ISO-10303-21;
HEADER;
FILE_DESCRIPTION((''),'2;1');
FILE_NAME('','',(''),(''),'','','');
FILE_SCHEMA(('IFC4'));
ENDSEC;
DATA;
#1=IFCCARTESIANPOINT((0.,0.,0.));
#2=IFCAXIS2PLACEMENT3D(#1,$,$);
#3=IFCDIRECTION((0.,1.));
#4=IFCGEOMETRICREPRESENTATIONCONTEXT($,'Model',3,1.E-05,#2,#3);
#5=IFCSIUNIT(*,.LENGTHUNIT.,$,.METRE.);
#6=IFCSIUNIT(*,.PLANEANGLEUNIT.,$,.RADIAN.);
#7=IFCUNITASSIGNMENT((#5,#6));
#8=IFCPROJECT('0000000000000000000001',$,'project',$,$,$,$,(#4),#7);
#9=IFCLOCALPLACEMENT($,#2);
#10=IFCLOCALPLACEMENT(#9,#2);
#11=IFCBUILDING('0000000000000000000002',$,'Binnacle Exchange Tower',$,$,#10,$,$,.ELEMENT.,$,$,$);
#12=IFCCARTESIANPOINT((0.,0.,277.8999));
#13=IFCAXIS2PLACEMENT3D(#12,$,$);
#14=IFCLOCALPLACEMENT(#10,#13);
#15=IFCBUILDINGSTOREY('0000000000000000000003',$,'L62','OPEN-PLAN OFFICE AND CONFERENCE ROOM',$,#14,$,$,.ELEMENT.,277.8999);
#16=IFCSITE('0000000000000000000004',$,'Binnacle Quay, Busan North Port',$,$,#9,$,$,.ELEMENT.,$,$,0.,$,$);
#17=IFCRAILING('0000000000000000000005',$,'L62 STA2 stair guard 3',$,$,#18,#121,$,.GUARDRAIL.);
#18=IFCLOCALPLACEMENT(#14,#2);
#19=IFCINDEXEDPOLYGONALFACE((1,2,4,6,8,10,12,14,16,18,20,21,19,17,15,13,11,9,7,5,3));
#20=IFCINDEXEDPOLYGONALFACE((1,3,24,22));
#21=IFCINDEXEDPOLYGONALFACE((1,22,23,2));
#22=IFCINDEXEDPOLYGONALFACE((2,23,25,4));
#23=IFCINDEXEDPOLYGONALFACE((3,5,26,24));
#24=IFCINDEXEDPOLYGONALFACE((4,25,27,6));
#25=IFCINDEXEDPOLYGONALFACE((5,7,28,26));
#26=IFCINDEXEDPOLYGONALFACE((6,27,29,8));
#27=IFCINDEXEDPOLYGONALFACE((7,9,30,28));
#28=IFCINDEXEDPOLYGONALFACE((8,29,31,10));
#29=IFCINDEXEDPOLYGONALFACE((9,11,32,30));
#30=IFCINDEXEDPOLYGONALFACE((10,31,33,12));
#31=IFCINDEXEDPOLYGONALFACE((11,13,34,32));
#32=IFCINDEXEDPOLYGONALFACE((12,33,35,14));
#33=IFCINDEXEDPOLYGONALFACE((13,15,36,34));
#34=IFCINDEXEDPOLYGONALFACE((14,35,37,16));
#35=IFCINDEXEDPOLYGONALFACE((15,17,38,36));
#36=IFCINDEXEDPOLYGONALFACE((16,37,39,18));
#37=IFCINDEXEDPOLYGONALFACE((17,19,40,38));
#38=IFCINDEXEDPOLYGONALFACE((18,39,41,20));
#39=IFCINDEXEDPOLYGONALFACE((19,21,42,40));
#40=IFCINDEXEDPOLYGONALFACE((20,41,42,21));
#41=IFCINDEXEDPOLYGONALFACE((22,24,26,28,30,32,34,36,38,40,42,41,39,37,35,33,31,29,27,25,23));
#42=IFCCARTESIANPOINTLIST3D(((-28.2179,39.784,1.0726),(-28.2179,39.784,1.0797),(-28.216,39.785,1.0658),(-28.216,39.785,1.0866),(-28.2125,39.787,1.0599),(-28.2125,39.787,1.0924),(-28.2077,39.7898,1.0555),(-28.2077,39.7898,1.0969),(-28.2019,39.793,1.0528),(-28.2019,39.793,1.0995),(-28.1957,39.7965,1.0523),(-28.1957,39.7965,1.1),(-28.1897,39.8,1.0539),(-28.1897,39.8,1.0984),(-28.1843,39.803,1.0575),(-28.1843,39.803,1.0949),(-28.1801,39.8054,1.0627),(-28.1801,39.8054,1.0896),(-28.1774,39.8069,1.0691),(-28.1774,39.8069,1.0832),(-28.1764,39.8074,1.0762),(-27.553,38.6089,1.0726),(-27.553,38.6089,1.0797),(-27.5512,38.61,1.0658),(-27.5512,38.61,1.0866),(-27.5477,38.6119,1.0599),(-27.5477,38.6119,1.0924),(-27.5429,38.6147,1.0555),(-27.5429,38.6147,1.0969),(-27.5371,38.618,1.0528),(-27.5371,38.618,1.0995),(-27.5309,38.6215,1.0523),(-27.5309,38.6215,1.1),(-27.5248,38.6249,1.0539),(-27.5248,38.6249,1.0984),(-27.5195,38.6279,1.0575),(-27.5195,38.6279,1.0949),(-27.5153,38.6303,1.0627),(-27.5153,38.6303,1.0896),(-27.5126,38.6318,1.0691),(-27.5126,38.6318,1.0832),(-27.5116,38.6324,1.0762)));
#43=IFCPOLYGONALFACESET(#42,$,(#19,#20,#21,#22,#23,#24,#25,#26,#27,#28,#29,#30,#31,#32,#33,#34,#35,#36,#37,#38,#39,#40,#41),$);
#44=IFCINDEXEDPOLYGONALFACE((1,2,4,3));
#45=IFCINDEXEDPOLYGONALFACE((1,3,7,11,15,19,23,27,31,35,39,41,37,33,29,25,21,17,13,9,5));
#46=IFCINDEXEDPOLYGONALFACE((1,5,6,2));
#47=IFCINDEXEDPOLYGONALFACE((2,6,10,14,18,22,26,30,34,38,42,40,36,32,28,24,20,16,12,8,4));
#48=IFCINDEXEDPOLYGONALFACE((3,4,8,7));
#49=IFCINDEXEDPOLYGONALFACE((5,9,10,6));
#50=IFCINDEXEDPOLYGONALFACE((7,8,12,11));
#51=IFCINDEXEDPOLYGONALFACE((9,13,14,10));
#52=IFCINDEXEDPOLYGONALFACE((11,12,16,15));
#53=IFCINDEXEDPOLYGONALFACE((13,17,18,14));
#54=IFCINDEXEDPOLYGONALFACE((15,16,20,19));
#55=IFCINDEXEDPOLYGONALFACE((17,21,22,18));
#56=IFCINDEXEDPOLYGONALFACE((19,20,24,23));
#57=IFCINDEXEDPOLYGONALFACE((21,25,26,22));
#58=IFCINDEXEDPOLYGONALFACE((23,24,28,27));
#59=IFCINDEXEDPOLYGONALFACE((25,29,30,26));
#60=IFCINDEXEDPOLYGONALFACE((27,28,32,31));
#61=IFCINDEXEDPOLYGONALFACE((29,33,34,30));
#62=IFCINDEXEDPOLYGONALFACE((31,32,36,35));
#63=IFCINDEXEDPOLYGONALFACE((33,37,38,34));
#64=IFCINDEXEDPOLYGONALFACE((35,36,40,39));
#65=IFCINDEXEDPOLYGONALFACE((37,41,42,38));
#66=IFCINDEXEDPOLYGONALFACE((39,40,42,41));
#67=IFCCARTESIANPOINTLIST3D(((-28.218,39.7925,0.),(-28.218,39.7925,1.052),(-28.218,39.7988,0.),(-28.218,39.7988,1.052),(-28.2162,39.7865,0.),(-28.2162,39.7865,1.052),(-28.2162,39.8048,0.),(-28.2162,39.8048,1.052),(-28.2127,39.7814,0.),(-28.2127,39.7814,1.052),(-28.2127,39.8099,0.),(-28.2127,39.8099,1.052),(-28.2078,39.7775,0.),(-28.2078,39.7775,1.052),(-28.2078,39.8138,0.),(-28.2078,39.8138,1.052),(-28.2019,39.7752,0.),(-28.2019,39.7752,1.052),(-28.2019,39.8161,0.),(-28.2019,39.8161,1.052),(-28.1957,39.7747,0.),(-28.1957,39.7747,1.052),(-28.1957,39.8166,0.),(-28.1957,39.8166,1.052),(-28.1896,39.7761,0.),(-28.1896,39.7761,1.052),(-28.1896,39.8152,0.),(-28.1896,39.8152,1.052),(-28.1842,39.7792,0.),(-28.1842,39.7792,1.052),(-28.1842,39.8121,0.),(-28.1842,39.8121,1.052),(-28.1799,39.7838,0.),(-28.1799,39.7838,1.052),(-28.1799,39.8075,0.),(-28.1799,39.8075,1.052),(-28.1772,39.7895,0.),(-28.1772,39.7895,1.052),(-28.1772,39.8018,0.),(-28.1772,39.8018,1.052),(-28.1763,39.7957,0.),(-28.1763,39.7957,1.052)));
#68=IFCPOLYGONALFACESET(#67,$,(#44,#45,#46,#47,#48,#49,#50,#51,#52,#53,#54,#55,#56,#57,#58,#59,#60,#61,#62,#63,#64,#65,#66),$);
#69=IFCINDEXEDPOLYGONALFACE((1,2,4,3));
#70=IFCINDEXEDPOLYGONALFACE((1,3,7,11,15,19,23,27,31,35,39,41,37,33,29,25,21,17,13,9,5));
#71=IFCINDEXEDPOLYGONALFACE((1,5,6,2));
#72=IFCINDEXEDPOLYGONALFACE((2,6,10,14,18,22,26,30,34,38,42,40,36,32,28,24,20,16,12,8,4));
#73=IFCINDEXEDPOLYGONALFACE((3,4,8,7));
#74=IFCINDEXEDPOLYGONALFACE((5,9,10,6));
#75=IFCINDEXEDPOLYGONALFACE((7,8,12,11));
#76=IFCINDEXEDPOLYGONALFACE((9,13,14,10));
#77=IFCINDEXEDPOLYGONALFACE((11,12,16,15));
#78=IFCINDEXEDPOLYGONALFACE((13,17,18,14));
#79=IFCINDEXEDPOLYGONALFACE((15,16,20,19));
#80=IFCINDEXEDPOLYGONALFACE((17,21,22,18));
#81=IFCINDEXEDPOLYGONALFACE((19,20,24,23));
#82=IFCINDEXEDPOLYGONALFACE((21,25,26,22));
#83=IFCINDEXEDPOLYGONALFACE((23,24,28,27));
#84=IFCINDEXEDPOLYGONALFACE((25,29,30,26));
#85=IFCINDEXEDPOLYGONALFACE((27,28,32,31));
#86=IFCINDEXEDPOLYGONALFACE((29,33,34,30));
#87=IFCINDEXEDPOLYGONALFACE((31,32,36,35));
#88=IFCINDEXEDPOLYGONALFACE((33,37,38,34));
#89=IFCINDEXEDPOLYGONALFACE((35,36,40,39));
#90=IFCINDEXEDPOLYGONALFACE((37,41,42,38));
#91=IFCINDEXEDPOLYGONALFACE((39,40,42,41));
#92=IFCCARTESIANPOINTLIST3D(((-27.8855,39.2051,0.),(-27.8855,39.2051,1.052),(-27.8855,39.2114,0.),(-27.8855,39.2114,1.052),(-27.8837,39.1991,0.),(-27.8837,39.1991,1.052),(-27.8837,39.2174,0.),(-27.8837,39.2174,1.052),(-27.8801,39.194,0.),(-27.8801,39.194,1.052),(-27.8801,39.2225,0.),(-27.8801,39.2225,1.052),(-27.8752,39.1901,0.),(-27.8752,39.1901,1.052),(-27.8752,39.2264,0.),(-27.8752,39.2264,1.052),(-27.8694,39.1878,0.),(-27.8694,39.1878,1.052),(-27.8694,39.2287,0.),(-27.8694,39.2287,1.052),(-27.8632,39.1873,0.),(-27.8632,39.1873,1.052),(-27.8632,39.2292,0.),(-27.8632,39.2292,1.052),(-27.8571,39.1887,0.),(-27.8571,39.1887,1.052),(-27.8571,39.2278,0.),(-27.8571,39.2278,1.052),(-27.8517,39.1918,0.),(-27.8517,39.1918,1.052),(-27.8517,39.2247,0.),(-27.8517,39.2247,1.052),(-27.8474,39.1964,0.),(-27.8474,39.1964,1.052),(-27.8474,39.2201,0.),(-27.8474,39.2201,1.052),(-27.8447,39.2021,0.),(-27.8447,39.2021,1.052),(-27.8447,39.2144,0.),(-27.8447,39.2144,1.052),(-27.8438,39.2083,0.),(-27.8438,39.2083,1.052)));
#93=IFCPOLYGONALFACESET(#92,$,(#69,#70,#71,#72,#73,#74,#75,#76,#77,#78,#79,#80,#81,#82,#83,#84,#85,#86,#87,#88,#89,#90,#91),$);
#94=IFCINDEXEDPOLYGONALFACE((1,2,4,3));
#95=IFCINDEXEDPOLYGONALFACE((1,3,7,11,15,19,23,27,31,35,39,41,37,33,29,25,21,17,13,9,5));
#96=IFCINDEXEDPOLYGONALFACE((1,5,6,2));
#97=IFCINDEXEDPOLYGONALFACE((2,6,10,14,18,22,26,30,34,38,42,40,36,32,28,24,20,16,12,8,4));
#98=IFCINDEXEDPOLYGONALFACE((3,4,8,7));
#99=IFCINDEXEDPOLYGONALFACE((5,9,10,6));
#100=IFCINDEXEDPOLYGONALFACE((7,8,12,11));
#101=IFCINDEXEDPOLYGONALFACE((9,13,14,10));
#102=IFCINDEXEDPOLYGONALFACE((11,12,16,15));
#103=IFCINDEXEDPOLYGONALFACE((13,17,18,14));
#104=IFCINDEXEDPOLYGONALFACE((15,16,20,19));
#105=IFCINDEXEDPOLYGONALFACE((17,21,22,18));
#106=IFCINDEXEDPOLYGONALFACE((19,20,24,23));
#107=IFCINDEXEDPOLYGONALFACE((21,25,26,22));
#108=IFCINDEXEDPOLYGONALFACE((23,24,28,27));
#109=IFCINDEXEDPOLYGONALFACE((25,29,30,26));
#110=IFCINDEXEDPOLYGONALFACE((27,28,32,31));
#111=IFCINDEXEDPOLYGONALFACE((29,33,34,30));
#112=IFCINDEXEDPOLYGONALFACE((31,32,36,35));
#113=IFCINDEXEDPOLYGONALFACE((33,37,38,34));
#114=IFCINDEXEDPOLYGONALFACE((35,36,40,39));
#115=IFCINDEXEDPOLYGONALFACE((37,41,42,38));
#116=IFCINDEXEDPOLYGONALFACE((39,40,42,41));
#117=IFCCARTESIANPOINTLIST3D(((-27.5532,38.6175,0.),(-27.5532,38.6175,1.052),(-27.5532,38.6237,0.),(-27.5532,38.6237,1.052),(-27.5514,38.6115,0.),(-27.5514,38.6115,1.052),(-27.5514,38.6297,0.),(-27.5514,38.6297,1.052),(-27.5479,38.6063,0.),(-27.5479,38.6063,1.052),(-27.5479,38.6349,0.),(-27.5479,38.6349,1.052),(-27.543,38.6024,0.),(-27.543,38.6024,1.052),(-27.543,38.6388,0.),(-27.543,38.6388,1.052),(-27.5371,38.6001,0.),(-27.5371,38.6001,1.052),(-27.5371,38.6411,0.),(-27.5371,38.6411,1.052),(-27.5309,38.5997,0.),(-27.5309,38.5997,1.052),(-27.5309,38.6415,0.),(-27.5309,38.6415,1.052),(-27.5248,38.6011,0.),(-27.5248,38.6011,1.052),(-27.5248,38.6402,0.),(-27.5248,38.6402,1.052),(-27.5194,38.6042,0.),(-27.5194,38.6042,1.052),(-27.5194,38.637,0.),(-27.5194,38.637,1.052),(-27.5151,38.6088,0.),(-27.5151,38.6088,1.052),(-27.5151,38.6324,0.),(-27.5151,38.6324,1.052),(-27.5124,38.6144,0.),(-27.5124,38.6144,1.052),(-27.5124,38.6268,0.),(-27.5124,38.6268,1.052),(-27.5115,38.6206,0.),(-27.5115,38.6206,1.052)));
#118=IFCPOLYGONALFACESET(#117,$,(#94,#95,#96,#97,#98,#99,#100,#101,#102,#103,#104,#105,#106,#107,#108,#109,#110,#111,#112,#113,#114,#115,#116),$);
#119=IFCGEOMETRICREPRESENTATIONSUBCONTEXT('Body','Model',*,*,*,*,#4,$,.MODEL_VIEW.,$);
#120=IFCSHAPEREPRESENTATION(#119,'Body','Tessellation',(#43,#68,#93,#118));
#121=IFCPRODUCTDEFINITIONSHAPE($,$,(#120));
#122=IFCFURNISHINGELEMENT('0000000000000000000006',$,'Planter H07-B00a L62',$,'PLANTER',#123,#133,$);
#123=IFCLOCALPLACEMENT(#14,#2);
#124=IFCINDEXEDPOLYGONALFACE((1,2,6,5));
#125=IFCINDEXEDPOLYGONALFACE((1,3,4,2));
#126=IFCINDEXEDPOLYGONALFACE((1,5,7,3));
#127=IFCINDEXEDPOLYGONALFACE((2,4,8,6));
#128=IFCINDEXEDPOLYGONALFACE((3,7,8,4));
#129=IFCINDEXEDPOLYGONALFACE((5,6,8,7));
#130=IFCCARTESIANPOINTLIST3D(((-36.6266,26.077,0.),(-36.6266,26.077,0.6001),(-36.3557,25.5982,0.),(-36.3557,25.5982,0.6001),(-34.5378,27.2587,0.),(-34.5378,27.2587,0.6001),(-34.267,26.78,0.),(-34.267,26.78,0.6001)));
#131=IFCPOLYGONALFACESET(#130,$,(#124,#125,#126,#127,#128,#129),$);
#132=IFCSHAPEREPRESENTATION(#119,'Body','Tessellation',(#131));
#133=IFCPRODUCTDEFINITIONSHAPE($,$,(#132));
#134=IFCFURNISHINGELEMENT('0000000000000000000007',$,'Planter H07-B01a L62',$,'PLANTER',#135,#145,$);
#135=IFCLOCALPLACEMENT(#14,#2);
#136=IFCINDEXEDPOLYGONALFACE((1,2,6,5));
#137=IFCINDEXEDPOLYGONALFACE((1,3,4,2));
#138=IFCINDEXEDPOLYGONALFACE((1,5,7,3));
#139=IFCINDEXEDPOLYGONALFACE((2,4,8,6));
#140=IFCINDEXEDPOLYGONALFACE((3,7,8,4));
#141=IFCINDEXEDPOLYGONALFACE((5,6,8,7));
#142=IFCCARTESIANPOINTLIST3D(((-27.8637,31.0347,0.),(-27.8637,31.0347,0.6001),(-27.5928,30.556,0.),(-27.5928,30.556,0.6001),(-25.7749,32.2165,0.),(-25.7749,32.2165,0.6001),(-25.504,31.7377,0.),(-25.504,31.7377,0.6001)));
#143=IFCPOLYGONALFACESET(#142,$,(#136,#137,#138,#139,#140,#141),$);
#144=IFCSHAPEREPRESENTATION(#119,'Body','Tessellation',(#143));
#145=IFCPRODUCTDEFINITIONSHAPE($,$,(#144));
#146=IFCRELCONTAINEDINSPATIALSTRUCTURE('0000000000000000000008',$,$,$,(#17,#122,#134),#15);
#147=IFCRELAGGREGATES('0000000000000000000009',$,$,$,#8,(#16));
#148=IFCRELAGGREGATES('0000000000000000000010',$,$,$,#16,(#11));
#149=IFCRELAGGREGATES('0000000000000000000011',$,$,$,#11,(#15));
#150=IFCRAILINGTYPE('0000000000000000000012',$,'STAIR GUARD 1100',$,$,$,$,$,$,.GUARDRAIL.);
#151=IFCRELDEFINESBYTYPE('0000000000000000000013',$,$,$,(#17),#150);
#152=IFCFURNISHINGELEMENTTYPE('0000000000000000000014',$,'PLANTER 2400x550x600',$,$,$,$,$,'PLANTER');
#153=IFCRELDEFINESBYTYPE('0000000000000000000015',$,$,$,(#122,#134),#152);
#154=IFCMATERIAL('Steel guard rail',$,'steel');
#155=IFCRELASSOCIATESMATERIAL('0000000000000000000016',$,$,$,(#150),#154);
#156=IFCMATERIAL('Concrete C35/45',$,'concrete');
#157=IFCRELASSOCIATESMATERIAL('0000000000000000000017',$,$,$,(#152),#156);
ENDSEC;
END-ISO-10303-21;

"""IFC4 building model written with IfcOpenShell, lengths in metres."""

from ifc_helpers import new_model, si_unit, direction, frame, origin, origin_2d, place, context, subcontext, project, spatial, rectangle, circle, extrude, material, type_object, element, save


model = new_model("IFC4")

# Units and contexts
model_context = context("Model", 3, precision=1e-05, world=origin(), true_north=direction((0.0, 1.0)))
body_context = subcontext(model_context, "Body", "Model", "MODEL_VIEW")
ifc_project = project(units=[si_unit("LENGTHUNIT", "METRE"), si_unit("PLANEANGLEUNIT", "RADIAN")], contexts=[model_context])

# Site, building, storey
site_placement = place(None, origin())
site = spatial("IfcSite", under=ifc_project, at=site_placement, Name="Binnacle Quay, Busan North Port", CompositionType="ELEMENT", RefElevation=0.0)
building_placement = place(site_placement, origin())
building = spatial("IfcBuilding", under=site, at=building_placement, Name="Binnacle Exchange Tower", CompositionType="ELEMENT")
storey_placement = place(building_placement, frame((0.0, 0.0, 277.8999)))
storey = spatial("IfcBuildingStorey", under=building, at=storey_placement, Name="L62", Description="OPEN-PLAN OFFICE AND CONFERENCE ROOM", CompositionType="ELEMENT", Elevation=277.8999)

# Shared definitions
ifc_material_1 = material(Name="Concrete C35/45", Category="concrete")

# Railing
ifc_material_2 = material(Name="Steel guard rail", Category="steel")
railing_type_1 = type_object("IfcRailingType", Name="STAIR GUARD 1100", PredefinedType="GUARDRAIL", material=ifc_material_2)
railing_1_placement = place(storey_placement, frame((-28.1973, 39.7957, 0.0)))
element("IfcRailing", 1, at=railing_1_placement, inside=storey, type_object=railing_type_1, Name="L62 STA2 stair guard 3", PredefinedType="GUARDRAIL", context=body_context, shape_type="SweptSolid", body=[
    extrude(circle(Radius=0.0239, at=origin_2d()), frame((0.0, 0.0, 1.0762), z_axis=(0.492415, -0.870361, 0.0), x_axis=(0.870361, 0.492415, 0.0)), (0.0, 0.0, 1.0), 1.3501),
    extrude(circle(Radius=0.021, at=origin_2d()), origin(), (0.0, 0.0, 1.0), 1.052),
    extrude(circle(Radius=0.021, at=origin_2d()), frame((0.3325, -0.5874, 0.0)), (0.0, 0.0, 1.0), 1.052),
    extrude(circle(Radius=0.021, at=origin_2d()), frame((0.6648, -1.175, 0.0)), (0.0, 0.0, 1.0), 1.052),
])

# Furnishing elements
furnishing_element_type = type_object("IfcFurnishingElementType", Name="PLANTER 2400x550x600", ElementType="PLANTER", material=ifc_material_1)
for number, where, z_axis, x_axis, name in (
    (2, (-35.4468, 26.4285, 0.0), (0.0, 0.0, 1.0), (0.870356, 0.492424, 0.0), "Planter H07-B00a L62"),
    (3, (-26.6838, 31.3862, 0.0), (0.0, 0.0, 1.0), (0.870356, 0.492424, 0.0), "Planter H07-B01a L62"),
):
    element("IfcFurnishingElement", number, at=place(storey_placement, frame(where, z_axis=z_axis, x_axis=x_axis)), inside=storey, type_object=furnishing_element_type, Name=name, ObjectType="PLANTER", context=body_context, shape_type="SweptSolid", body=[
        extrude(rectangle(XDim=2.3999, YDim=0.55, at=origin_2d()), origin(), (0.0, 0.0, 1.0), 0.6001),
    ])

save(model, "model.ifc")
